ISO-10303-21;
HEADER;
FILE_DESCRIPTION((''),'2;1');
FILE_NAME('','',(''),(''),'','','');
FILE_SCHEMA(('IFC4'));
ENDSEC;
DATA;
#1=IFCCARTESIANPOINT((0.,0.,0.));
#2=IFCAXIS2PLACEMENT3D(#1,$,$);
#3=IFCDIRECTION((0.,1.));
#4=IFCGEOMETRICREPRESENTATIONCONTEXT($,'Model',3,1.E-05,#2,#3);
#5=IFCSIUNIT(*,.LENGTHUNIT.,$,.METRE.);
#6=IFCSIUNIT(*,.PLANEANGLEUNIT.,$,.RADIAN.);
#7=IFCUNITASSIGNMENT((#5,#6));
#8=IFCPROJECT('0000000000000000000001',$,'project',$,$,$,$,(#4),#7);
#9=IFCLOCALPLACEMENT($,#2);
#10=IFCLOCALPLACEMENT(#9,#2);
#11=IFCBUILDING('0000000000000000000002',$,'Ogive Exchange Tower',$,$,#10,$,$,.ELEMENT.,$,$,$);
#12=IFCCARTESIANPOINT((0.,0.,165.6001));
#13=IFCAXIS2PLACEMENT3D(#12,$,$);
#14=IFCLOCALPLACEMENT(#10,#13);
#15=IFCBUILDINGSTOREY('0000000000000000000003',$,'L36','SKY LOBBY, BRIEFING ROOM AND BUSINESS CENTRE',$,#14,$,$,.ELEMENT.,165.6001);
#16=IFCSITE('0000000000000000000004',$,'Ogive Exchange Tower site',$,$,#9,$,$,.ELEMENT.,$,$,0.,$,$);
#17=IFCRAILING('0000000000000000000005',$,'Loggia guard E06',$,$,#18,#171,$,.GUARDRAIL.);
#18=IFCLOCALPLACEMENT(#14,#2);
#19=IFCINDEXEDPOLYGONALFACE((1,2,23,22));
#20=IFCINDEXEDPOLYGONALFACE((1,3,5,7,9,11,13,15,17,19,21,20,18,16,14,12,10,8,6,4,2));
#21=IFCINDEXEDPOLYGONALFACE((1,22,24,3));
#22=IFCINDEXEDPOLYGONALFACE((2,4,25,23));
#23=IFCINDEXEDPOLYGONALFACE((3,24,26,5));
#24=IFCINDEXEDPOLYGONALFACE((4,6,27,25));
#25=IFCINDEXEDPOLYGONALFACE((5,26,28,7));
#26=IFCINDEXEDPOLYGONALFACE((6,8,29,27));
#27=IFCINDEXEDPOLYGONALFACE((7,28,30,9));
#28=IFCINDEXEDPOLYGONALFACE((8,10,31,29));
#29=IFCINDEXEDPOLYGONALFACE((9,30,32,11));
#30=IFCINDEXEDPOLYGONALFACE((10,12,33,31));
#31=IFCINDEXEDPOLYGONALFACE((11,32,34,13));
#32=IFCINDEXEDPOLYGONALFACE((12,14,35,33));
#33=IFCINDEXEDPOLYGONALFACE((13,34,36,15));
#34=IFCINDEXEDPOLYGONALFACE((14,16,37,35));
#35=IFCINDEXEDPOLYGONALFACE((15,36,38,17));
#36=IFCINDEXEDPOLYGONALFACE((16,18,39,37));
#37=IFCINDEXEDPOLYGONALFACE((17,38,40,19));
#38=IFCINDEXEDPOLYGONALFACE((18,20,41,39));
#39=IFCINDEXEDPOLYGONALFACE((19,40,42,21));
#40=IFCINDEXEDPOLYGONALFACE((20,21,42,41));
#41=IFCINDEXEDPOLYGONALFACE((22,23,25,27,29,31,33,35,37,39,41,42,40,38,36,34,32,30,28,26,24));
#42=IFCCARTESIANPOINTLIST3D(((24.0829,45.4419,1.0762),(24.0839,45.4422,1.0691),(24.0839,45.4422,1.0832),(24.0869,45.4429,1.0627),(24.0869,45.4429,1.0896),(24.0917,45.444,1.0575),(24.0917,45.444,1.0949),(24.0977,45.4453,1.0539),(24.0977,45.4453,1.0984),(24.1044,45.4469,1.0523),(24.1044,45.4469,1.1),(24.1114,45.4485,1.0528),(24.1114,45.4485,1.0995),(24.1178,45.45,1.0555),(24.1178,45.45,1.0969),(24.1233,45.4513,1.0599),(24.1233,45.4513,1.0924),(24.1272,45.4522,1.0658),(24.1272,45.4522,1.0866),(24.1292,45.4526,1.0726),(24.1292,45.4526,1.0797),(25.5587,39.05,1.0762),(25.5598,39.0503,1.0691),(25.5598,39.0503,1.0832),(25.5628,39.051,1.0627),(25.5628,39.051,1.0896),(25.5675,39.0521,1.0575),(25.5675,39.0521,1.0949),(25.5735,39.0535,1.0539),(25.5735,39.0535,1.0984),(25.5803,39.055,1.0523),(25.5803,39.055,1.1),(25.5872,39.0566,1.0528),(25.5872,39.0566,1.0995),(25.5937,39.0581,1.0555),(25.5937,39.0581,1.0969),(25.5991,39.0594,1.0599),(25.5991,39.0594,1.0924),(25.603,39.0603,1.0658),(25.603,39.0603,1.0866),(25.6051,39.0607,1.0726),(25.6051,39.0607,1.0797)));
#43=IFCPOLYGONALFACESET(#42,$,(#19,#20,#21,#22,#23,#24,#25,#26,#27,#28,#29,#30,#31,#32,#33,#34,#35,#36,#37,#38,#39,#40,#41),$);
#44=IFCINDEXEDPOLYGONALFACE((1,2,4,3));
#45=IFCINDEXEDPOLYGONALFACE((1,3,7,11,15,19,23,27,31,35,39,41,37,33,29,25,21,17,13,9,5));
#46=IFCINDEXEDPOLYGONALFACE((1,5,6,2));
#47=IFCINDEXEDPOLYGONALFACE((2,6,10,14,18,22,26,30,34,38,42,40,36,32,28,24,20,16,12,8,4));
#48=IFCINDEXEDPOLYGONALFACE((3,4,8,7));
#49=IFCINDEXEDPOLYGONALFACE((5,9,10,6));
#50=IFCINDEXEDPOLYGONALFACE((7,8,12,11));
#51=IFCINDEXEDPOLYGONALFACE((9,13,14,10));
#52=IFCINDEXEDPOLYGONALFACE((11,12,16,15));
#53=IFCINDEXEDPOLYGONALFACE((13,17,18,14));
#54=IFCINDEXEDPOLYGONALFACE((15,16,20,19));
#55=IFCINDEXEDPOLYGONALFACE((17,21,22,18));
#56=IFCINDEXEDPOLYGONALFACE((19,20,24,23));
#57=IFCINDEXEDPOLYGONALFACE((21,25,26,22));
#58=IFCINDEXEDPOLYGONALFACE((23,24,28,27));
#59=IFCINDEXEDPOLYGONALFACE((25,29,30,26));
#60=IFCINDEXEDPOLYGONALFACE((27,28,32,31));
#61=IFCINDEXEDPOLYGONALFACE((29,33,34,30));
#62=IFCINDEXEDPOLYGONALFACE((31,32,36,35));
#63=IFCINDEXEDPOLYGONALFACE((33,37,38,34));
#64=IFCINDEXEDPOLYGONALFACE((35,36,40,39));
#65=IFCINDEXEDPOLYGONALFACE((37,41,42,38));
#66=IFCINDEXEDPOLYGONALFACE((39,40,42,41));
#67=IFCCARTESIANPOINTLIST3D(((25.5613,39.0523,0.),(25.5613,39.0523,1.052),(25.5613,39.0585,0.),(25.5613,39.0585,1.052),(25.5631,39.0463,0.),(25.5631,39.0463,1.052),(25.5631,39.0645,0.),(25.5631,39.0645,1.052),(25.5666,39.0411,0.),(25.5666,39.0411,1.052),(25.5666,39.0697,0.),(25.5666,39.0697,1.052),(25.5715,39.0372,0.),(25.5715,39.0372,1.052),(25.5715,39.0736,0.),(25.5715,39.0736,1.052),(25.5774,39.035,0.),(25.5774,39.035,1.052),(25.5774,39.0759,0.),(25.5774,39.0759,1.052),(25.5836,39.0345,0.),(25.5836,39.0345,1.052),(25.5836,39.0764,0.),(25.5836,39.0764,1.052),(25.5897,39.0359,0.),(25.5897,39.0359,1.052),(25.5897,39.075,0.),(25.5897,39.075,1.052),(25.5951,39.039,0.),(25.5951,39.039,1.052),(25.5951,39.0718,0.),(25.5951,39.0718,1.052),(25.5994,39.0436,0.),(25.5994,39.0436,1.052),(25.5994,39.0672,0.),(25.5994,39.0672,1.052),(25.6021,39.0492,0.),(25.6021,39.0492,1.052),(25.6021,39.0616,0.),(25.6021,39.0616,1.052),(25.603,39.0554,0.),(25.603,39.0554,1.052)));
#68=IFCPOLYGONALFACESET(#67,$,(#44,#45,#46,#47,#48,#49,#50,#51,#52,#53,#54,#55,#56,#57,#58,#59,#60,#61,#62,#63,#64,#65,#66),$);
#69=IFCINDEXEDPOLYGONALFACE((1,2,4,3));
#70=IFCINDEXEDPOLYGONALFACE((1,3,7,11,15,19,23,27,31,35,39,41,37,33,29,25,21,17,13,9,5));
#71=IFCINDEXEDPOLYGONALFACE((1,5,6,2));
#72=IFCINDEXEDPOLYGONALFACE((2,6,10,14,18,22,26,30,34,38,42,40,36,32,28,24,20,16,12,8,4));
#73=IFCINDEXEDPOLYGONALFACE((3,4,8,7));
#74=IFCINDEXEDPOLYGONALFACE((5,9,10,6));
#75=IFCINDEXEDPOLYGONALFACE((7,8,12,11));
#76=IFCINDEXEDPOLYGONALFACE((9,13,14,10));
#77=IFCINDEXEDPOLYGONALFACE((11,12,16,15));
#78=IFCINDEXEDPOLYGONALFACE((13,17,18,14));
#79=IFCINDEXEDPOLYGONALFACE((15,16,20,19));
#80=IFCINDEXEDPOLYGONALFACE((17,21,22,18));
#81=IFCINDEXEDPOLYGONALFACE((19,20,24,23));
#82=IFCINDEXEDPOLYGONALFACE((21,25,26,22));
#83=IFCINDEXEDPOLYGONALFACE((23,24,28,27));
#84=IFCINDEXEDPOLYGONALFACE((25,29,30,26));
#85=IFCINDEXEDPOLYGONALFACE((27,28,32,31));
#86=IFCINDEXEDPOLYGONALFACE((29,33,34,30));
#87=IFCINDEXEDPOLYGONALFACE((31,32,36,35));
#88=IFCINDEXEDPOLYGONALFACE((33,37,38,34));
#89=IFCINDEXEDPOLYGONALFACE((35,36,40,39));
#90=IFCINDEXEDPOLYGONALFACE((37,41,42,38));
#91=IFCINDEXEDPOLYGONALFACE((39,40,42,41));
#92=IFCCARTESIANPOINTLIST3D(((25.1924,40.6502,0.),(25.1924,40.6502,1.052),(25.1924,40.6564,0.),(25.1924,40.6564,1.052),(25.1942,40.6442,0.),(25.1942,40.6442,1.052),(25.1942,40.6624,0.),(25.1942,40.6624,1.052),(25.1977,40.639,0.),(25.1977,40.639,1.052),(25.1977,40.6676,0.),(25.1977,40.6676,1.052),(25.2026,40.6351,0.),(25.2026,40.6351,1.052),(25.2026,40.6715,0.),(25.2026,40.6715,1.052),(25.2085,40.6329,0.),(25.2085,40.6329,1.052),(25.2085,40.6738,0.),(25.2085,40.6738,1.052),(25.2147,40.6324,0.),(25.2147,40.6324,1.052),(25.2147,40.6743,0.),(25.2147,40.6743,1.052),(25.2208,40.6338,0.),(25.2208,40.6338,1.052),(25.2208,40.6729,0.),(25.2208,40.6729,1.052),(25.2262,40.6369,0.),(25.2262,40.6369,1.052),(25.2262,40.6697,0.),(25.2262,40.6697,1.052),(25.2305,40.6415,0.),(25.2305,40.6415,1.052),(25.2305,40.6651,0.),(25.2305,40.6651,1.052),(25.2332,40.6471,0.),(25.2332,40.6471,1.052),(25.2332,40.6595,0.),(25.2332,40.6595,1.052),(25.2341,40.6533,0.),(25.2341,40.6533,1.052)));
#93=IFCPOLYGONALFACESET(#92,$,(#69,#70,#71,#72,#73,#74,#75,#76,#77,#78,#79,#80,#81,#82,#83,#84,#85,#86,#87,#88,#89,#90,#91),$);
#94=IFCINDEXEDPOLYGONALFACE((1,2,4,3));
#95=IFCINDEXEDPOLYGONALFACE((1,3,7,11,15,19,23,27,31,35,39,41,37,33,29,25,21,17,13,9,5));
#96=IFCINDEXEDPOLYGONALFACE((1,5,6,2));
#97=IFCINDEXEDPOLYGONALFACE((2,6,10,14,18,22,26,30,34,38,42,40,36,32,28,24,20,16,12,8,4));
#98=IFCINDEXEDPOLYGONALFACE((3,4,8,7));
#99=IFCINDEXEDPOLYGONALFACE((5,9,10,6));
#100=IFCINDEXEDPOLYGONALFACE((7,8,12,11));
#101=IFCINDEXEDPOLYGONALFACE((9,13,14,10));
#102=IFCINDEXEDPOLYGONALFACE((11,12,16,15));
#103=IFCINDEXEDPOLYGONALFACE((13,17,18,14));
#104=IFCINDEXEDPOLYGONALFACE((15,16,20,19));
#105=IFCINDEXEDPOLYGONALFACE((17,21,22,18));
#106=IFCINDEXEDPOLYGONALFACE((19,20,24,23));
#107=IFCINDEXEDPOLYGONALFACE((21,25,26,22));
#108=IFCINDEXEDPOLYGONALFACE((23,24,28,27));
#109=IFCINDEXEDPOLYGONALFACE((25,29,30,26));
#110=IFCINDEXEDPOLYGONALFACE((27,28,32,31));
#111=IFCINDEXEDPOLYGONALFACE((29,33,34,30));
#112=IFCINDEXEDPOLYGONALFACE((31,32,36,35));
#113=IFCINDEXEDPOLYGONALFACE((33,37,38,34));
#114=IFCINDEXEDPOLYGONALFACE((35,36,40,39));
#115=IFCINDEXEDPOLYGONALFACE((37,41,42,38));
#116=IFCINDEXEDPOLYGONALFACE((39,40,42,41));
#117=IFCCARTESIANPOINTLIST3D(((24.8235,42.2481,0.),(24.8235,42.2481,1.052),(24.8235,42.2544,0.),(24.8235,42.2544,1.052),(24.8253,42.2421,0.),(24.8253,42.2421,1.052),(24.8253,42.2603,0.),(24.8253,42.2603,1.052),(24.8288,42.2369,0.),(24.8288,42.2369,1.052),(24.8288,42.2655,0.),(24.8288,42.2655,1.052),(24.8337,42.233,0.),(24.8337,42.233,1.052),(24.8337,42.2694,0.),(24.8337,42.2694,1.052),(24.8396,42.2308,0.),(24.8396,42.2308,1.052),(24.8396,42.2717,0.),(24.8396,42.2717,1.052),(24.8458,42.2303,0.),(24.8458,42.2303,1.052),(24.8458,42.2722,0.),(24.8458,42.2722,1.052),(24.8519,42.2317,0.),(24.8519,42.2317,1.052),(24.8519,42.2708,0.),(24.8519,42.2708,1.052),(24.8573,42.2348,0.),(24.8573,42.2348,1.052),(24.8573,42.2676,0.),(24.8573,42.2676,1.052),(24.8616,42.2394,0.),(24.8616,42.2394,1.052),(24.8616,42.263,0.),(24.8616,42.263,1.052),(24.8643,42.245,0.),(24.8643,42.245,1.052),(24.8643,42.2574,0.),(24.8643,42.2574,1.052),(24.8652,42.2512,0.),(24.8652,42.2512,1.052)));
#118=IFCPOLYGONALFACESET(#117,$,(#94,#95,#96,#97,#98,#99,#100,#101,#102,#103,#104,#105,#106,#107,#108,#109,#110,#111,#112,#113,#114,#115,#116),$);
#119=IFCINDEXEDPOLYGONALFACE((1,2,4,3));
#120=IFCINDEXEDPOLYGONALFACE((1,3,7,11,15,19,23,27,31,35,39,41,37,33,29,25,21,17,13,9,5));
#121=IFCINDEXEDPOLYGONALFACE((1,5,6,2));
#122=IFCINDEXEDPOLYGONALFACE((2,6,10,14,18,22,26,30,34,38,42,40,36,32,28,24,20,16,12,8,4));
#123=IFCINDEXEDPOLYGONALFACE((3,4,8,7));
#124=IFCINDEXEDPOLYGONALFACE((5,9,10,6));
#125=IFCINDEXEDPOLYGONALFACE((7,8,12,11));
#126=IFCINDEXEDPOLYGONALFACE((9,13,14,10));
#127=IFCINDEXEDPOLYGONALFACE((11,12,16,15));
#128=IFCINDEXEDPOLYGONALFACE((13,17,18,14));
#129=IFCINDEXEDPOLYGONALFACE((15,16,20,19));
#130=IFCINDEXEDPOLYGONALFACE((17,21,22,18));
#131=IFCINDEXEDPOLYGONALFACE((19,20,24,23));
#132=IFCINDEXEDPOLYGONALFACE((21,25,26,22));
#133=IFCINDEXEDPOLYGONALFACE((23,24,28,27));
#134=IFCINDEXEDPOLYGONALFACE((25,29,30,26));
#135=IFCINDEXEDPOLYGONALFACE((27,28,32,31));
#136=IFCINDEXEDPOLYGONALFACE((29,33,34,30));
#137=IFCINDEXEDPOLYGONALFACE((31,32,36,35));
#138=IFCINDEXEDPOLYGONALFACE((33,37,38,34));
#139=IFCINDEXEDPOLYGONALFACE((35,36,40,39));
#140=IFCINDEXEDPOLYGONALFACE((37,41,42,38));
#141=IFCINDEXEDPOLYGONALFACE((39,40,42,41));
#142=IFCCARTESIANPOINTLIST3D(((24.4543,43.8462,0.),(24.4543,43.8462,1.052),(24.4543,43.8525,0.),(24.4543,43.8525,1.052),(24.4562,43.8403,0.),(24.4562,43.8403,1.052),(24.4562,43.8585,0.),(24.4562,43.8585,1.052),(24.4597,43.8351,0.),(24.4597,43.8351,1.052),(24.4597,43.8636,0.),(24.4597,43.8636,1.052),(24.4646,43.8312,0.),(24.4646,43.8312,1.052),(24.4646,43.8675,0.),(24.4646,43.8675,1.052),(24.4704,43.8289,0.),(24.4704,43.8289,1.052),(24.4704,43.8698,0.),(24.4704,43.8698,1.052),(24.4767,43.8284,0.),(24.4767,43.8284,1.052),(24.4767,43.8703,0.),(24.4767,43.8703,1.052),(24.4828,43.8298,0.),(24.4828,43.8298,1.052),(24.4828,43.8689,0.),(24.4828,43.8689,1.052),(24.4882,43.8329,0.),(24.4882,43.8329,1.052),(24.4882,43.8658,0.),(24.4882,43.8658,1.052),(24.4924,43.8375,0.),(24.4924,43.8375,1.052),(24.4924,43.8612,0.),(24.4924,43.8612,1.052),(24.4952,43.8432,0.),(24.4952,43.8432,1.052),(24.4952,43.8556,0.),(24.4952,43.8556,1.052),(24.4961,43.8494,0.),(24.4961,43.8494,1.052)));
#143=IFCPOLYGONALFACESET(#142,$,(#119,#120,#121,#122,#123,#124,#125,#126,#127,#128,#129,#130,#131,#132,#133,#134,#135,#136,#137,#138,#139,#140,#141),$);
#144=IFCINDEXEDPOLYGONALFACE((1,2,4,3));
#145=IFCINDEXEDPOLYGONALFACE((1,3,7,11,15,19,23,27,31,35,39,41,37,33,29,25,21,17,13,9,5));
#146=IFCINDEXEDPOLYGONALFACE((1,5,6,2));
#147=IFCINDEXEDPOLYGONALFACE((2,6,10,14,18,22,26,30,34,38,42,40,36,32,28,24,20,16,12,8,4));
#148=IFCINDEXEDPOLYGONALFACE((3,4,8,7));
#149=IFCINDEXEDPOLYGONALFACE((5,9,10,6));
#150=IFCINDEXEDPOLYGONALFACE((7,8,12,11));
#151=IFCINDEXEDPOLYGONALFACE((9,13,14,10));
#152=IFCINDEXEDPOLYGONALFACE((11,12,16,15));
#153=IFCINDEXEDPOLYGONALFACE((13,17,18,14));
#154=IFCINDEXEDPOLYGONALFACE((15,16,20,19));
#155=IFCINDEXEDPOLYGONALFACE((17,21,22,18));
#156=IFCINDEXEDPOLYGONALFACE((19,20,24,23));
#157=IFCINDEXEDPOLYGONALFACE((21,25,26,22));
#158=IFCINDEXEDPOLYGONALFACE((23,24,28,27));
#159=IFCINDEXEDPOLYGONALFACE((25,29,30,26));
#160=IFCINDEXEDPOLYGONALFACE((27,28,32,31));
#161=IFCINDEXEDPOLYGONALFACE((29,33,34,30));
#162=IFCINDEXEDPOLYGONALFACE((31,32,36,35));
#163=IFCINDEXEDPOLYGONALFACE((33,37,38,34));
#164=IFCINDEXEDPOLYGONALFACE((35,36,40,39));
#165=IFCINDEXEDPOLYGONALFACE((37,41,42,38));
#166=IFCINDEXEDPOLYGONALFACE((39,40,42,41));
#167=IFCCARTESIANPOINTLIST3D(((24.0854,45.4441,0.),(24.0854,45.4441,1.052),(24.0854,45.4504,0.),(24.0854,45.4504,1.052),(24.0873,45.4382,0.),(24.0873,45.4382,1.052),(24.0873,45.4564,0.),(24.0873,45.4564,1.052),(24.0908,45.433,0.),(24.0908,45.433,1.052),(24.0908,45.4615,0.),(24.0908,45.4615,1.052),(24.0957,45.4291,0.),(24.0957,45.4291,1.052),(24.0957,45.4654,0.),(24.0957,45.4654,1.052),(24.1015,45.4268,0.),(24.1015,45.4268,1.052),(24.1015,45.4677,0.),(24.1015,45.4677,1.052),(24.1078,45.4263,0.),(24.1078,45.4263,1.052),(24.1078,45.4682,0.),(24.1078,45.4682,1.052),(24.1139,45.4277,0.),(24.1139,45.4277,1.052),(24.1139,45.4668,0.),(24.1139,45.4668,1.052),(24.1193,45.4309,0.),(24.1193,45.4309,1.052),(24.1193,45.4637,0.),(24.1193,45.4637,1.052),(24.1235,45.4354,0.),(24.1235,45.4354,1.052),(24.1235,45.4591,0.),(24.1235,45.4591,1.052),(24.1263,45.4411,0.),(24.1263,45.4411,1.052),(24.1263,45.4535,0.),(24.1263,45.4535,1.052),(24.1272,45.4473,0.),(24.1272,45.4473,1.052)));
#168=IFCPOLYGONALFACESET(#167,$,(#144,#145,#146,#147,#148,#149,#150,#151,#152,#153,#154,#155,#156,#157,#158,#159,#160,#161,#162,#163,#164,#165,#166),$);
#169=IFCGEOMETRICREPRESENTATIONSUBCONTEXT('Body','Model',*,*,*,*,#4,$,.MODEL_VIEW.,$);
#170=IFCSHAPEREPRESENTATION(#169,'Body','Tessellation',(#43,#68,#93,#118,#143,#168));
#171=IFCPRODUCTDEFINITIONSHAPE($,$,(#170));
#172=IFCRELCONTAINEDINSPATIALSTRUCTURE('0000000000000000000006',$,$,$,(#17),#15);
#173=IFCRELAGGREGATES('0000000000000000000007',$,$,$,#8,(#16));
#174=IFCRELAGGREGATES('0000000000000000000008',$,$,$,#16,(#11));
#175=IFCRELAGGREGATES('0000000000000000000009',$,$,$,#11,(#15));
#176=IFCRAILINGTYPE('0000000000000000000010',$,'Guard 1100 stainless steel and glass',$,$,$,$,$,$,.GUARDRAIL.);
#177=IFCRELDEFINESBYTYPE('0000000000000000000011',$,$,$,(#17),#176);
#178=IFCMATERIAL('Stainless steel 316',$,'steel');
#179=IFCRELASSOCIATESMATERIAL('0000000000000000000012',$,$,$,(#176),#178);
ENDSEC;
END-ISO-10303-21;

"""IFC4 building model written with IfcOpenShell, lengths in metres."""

from ifc_helpers import new_model, si_unit, direction, frame, origin, origin_2d, place, context, subcontext, project, spatial, circle, extrude, material, type_object, element, save


model = new_model("IFC4")

# Units and contexts
model_context = context("Model", 3, precision=1e-05, world=origin(), true_north=direction((0.0, 1.0)))
body_context = subcontext(model_context, "Body", "Model", "MODEL_VIEW")
ifc_project = project(units=[si_unit("LENGTHUNIT", "METRE"), si_unit("PLANEANGLEUNIT", "RADIAN")], contexts=[model_context])

# Site, building, storey
site_placement = place(None, origin())
site = spatial("IfcSite", under=ifc_project, at=site_placement, Name="Ogive Exchange Tower site", CompositionType="ELEMENT", RefElevation=0.0)
building_placement = place(site_placement, origin())
building = spatial("IfcBuilding", under=site, at=building_placement, Name="Ogive Exchange Tower", CompositionType="ELEMENT")
storey_placement = place(building_placement, frame((0.0, 0.0, 165.6001)))
storey = spatial("IfcBuildingStorey", under=building, at=storey_placement, Name="L36", Description="SKY LOBBY, BRIEFING ROOM AND BUSINESS CENTRE", CompositionType="ELEMENT", Elevation=165.6001)

# Railing
ifc_material_1 = material(Name="Stainless steel 316", Category="steel")
railing_type_1 = type_object("IfcRailingType", Name="Guard 1100 stainless steel and glass", PredefinedType="GUARDRAIL", material=ifc_material_1)
railing_1_placement = place(storey_placement, frame((25.582, 39.0554, 0.0)))
element("IfcRailing", 1, at=railing_1_placement, inside=storey, type_object=railing_type_1, Name="Loggia guard E06", PredefinedType="GUARDRAIL", context=body_context, shape_type="SweptSolid", body=[
    extrude(circle(Radius=0.0239, at=origin_2d()), frame((0.0, 0.0, 1.0762), z_axis=(-0.224974, 0.974365, 0.0), x_axis=(-0.974365, -0.224974, 0.0)), (0.0, 0.0, 1.0), 6.5601),
    extrude(circle(Radius=0.021, at=origin_2d()), origin(), (0.0, 0.0, 1.0), 1.052),
    extrude(circle(Radius=0.021, at=origin_2d()), frame((-0.3689, 1.5979, 0.0)), (0.0, 0.0, 1.0), 1.052),
    extrude(circle(Radius=0.021, at=origin_2d()), frame((-0.7378, 3.1958, 0.0)), (0.0, 0.0, 1.0), 1.052),
    extrude(circle(Radius=0.021, at=origin_2d()), frame((-1.1069, 4.7939, 0.0)), (0.0, 0.0, 1.0), 1.052),
    extrude(circle(Radius=0.021, at=origin_2d()), frame((-1.4758, 6.3918, 0.0)), (0.0, 0.0, 1.0), 1.052),
])

save(model, "model.ifc")
